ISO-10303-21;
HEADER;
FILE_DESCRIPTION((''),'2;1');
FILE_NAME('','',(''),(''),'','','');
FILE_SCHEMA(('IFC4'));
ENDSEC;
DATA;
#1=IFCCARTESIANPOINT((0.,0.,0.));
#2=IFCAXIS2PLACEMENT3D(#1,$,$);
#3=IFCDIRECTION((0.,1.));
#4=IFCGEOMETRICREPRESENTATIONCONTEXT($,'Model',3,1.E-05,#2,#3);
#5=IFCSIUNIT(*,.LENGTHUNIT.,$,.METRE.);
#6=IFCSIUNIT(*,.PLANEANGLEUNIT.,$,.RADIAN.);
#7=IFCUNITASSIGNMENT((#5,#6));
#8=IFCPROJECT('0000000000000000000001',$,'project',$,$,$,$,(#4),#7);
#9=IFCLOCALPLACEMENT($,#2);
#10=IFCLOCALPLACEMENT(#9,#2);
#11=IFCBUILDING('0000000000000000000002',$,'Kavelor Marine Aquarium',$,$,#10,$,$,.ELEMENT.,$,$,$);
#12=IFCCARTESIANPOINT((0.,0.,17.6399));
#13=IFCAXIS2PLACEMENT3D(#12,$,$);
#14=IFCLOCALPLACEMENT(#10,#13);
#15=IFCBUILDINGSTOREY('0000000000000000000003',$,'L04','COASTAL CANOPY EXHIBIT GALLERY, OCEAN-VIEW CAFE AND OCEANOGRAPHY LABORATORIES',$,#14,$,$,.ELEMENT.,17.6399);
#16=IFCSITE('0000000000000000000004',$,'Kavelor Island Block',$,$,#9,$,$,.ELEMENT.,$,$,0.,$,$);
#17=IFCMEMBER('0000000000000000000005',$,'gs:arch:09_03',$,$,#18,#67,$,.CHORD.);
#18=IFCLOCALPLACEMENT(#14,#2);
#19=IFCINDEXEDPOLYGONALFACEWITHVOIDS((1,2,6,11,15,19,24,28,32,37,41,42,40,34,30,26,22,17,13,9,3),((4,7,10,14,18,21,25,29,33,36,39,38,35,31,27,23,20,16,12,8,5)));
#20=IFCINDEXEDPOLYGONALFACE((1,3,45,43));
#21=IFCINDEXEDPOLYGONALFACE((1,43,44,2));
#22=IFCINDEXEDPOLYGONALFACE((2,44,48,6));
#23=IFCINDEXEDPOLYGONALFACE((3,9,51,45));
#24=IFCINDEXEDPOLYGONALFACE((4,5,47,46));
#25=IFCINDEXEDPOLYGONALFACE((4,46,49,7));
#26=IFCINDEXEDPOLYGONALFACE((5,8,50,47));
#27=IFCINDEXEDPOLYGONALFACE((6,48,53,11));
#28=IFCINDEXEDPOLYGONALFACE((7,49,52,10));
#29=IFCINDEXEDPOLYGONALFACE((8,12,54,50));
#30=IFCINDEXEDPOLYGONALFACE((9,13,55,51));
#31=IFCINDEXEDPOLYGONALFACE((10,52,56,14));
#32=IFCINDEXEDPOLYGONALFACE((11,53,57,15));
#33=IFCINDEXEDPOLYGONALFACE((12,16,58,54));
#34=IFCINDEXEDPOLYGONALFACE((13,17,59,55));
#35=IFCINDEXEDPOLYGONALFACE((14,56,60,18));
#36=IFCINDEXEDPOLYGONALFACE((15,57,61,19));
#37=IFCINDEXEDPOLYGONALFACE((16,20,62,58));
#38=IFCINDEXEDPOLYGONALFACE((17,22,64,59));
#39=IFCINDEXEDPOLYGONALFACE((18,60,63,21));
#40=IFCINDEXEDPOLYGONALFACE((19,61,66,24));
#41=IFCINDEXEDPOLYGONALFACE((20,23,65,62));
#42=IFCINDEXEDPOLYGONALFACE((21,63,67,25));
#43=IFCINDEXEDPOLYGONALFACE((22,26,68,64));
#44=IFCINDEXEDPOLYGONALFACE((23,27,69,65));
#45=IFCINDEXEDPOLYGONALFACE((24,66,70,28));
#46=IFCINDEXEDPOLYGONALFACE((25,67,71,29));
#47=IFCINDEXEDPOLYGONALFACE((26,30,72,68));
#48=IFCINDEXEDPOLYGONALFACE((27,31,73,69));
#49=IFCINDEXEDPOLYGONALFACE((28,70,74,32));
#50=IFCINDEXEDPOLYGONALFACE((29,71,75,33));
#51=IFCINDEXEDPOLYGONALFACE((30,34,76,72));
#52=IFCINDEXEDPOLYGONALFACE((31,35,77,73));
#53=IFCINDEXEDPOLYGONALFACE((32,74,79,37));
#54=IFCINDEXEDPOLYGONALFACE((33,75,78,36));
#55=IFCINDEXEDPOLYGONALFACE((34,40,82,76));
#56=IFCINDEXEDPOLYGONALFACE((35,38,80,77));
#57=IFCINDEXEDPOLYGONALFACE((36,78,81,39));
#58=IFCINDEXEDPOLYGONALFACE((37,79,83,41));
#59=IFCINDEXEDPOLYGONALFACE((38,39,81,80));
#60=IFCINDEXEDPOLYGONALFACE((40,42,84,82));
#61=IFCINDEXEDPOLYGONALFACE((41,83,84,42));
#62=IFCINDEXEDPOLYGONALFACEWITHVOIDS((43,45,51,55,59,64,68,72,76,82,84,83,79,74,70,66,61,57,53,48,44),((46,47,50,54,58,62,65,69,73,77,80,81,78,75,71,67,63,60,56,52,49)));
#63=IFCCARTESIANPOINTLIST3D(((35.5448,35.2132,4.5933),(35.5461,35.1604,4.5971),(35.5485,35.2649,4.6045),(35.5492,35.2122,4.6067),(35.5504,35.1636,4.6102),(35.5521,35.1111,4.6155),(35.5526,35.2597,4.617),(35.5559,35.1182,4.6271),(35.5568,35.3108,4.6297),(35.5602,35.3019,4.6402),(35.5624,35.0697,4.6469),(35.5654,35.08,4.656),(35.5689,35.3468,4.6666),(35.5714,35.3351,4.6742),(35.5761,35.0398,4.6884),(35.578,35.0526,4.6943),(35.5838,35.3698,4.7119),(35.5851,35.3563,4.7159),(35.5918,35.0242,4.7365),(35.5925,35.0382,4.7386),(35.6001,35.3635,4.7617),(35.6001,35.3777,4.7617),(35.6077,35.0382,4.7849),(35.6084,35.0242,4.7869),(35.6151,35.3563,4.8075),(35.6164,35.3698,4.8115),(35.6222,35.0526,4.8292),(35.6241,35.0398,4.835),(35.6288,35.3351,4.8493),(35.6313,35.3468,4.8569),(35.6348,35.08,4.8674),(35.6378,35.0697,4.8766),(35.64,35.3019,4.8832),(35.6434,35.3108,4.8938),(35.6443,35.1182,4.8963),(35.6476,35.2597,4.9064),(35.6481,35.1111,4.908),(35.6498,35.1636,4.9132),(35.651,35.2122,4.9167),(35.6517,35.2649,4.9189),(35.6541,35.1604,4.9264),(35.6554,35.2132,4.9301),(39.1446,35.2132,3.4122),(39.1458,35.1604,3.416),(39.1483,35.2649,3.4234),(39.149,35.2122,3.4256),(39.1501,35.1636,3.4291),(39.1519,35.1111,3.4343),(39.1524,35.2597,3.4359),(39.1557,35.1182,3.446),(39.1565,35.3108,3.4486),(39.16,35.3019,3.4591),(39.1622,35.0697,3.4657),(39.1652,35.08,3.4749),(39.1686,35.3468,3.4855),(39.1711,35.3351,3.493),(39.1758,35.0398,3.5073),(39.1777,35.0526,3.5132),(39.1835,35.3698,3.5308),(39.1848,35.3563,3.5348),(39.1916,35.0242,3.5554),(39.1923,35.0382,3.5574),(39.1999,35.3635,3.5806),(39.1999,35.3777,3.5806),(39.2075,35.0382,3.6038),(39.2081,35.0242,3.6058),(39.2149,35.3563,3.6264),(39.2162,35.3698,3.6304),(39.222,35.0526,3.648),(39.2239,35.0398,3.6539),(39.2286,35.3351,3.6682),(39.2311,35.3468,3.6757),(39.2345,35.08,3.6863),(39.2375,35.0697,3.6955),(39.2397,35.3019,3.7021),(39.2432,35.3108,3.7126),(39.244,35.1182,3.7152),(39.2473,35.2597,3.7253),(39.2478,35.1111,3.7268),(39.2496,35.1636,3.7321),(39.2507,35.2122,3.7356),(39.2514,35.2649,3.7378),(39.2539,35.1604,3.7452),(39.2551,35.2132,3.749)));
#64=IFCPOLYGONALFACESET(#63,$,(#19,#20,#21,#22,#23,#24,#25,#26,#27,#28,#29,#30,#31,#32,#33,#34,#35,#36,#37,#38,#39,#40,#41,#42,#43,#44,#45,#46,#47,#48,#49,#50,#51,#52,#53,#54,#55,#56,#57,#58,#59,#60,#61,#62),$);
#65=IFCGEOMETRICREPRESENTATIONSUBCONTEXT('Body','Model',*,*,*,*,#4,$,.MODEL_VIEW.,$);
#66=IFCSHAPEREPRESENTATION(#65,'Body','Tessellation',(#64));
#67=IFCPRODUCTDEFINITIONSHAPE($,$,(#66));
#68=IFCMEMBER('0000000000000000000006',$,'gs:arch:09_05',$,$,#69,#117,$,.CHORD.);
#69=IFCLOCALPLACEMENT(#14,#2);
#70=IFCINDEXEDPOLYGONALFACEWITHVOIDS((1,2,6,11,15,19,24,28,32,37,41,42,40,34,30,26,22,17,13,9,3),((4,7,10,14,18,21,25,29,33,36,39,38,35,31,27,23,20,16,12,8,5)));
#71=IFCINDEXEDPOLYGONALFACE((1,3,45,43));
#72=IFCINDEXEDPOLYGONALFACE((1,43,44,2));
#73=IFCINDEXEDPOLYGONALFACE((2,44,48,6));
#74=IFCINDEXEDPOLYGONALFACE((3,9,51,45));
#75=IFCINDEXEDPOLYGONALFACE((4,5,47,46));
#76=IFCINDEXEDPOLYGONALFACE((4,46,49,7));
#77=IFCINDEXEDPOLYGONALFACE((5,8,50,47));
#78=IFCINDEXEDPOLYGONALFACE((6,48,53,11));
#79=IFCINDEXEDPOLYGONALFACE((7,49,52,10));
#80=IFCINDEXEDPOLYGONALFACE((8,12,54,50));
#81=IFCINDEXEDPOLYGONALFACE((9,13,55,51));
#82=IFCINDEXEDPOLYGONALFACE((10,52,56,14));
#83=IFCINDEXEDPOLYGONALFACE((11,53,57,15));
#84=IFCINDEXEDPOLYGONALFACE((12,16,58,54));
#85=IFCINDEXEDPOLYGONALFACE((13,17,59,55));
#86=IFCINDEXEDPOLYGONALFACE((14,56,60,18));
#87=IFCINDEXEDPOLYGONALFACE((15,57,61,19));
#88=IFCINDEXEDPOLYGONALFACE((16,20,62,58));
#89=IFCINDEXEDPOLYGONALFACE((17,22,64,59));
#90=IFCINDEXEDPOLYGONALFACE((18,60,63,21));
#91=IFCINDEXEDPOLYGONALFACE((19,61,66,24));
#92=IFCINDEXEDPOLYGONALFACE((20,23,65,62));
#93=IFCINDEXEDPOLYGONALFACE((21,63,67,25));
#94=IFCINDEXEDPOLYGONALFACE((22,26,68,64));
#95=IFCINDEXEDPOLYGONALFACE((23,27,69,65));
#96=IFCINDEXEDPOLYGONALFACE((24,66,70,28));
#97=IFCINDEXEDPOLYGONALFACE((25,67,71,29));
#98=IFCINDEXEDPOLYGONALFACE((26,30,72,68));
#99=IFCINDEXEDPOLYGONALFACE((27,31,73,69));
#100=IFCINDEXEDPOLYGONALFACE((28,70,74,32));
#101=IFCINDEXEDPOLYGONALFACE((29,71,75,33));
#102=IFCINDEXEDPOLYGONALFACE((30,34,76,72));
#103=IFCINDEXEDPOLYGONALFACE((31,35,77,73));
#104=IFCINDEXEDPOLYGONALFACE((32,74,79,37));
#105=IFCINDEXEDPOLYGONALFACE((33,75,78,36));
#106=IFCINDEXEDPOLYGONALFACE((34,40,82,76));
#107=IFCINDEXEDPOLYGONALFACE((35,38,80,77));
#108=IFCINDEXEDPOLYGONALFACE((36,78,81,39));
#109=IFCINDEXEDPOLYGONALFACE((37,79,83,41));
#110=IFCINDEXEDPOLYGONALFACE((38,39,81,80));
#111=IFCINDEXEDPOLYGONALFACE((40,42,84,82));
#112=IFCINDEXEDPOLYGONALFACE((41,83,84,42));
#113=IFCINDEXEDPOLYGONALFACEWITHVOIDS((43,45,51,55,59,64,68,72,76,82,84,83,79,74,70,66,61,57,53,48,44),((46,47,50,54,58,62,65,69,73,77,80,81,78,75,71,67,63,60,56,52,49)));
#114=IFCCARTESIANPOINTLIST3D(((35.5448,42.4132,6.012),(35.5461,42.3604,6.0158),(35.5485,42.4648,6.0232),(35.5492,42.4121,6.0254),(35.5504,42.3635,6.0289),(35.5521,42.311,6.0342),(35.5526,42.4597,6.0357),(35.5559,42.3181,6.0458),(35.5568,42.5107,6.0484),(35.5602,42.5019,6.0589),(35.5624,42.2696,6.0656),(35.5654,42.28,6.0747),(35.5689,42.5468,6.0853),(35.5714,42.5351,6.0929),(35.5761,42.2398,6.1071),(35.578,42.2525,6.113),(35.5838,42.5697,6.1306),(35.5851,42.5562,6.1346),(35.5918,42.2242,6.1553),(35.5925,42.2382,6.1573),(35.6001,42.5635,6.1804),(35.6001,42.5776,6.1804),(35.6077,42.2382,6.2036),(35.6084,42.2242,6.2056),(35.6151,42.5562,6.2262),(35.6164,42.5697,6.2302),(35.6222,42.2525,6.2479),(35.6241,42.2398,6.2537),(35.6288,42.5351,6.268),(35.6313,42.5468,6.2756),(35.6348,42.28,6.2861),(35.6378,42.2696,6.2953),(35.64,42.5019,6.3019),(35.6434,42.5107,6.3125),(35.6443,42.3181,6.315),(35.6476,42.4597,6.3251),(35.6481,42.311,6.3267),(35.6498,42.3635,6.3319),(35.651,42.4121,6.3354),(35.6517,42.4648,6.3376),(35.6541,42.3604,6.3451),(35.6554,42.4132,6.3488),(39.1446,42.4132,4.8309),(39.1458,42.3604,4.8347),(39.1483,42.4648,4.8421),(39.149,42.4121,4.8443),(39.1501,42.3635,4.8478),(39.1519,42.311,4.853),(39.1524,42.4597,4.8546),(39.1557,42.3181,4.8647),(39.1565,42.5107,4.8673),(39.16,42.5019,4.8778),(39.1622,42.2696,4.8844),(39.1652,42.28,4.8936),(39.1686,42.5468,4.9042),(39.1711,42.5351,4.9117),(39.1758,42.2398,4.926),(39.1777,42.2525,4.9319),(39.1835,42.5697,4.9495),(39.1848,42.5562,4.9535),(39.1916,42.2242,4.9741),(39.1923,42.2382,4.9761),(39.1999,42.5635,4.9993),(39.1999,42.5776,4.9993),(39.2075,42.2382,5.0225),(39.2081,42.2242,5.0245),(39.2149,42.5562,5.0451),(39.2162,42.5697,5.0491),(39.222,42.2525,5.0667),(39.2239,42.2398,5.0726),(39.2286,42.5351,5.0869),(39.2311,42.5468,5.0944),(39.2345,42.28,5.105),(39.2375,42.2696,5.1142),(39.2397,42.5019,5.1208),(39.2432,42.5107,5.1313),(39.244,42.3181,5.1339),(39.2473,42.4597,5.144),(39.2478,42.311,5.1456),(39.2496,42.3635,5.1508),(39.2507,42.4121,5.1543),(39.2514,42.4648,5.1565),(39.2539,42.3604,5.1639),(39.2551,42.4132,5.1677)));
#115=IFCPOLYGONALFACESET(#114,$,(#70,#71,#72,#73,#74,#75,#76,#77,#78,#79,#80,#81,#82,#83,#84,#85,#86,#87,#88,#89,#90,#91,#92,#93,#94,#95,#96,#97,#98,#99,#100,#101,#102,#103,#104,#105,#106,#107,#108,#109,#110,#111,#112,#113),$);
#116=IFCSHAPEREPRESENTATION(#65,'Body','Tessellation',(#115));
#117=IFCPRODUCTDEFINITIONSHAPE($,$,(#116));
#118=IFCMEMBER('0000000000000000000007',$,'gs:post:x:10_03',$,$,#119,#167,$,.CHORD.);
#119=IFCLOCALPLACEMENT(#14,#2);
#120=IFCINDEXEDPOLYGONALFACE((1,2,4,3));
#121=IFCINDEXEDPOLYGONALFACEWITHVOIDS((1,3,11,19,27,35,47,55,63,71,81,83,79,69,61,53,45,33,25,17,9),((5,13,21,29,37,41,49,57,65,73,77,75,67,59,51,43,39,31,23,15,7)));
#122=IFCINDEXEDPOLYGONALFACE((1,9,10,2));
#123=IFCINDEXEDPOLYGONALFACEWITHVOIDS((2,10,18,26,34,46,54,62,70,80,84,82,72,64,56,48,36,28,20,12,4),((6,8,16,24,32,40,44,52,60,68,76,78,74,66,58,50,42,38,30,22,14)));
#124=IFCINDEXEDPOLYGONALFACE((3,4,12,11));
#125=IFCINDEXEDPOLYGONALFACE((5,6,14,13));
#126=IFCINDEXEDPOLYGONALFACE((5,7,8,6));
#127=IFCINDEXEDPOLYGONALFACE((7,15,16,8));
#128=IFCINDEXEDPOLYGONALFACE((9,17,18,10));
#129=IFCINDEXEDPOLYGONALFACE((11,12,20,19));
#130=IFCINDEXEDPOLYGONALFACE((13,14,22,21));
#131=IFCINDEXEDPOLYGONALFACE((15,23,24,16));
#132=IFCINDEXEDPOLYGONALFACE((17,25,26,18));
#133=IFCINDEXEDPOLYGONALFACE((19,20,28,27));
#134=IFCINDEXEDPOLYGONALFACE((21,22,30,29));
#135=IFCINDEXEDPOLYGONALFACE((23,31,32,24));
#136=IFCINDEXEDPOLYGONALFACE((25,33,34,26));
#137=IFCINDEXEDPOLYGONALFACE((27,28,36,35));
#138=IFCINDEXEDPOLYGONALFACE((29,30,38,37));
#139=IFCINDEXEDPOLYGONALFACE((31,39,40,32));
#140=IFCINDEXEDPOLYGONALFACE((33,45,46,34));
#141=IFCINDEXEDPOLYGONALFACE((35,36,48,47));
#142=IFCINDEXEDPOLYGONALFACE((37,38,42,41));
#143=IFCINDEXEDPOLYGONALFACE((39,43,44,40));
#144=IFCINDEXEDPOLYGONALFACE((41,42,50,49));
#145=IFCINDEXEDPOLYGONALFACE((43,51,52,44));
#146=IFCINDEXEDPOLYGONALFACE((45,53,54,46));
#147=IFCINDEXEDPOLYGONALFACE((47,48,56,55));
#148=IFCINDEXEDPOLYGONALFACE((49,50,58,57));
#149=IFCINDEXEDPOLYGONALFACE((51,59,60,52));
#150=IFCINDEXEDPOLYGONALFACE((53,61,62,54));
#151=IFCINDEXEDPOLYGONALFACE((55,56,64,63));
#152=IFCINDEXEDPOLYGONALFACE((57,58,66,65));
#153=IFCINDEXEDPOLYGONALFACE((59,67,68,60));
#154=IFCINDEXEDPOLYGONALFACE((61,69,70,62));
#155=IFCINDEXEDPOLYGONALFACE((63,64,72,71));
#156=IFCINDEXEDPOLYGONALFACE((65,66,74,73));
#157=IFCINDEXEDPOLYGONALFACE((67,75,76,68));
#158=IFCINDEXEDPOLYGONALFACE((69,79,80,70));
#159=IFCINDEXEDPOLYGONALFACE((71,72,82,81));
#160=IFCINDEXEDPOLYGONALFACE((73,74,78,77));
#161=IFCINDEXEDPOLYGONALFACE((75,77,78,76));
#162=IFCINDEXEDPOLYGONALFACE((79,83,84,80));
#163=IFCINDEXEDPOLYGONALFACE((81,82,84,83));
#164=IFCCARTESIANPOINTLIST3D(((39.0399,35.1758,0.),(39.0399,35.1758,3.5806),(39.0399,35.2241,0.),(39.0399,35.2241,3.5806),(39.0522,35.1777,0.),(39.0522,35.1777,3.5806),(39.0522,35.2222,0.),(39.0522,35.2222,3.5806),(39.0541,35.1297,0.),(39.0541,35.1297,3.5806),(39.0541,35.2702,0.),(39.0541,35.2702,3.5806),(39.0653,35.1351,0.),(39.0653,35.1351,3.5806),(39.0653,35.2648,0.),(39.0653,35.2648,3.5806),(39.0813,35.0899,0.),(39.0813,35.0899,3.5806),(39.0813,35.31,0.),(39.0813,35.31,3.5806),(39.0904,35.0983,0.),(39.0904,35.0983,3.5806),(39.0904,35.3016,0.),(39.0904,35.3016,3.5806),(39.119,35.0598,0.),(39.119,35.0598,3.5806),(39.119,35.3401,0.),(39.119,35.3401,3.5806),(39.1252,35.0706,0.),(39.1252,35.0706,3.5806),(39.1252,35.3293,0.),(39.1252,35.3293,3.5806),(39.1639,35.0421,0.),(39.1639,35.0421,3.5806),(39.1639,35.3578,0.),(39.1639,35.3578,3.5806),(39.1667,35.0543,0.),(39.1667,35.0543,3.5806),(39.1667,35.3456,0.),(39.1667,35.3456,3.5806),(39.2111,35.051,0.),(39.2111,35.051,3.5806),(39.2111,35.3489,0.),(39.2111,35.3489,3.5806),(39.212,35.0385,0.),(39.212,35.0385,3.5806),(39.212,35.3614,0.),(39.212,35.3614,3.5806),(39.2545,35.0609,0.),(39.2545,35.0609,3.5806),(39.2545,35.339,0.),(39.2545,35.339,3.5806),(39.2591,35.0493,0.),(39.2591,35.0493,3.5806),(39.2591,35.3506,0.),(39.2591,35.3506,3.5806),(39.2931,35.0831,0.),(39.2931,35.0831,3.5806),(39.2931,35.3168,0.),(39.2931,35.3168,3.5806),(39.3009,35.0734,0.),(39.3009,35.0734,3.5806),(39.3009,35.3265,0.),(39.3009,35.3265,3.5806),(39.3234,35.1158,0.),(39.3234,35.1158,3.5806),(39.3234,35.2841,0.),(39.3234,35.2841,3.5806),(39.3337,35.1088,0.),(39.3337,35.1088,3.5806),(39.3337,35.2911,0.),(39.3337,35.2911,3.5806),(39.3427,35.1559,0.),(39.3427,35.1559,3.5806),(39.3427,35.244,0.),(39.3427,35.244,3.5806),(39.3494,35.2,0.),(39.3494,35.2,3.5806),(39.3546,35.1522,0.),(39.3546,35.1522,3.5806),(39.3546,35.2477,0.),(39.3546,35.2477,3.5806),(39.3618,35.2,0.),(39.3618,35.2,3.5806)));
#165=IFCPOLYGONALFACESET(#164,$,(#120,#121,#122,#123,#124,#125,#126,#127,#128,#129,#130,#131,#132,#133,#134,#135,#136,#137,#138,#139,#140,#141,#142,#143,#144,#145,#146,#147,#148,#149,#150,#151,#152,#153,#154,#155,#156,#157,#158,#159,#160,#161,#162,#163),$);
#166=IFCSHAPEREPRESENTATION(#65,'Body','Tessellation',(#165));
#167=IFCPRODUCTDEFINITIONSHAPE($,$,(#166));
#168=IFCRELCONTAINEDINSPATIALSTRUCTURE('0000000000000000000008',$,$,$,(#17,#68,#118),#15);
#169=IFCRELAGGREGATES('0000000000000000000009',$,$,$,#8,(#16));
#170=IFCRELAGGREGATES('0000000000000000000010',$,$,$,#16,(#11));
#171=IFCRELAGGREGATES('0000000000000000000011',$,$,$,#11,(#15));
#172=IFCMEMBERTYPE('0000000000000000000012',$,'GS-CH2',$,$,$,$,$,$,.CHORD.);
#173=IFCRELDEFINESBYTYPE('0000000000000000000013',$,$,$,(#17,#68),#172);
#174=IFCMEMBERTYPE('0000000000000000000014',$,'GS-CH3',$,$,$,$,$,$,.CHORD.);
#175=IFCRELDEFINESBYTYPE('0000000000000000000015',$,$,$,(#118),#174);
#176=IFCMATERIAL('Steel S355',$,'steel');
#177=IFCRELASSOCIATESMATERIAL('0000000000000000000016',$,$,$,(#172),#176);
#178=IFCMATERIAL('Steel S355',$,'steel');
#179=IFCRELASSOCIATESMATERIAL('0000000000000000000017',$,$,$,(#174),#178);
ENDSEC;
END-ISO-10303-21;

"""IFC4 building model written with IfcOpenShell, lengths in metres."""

from ifc_helpers import new_model, si_unit, direction, frame, origin, origin_2d, place, context, subcontext, project, spatial, hollow_circle, extrude, material, material_profile, profile_set, type_object, element, save


model = new_model("IFC4")

# Units and contexts
model_context = context("Model", 3, precision=1e-05, world=origin(), true_north=direction((0.0, 1.0)))
body_context = subcontext(model_context, "Body", "Model", "MODEL_VIEW")
ifc_project = project(units=[si_unit("LENGTHUNIT", "METRE"), si_unit("PLANEANGLEUNIT", "RADIAN")], contexts=[model_context])

# Site, building, storey
site_placement = place(None, origin())
site = spatial("IfcSite", under=ifc_project, at=site_placement, Name="Kavelor Island Block", CompositionType="ELEMENT", RefElevation=0.0)
building_placement = place(site_placement, origin())
building = spatial("IfcBuilding", under=site, at=building_placement, Name="Kavelor Marine Aquarium", CompositionType="ELEMENT")
storey_placement = place(building_placement, frame((0.0, 0.0, 17.6399)))
storey = spatial("IfcBuildingStorey", under=building, at=storey_placement, Name="L04", Description="COASTAL CANOPY EXHIBIT GALLERY, OCEAN-VIEW CAFE AND OCEANOGRAPHY LABORATORIES", CompositionType="ELEMENT", Elevation=17.6399)

# Members
ifc_material_1 = material(Name="Steel S355", Category="steel")
ifc_material_profile_1 = material_profile(ifc_material_1, hollow_circle(Radius=0.1777, WallThickness=0.0142, at=origin_2d()), Name="CHS 355.6x14.2")
ifc_profile_set_1 = profile_set([ifc_material_profile_1], Name="Steel S355")
member_type_1 = type_object("IfcMemberType", Name="GS-CH2", PredefinedType="CHORD", material=ifc_profile_set_1)
for number, where, z_axis, x_axis, name in (
    (1, (35.6001, 35.2, 4.7617), (0.950161, 0.0, -0.311759), (0.0, 1.0, 0.0), "gs:arch:09_03"),
    (2, (35.6001, 42.3999, 6.1804), (0.950161, 0.0, -0.311759), (0.0, 1.0, 0.0), "gs:arch:09_05"),
):
    element("IfcMember", number, at=place(storey_placement, frame(where, z_axis=z_axis, x_axis=x_axis)), inside=storey, type_object=member_type_1, Name=name, PredefinedType="CHORD", context=body_context, shape_type="SweptSolid", body=[
        extrude(hollow_circle(Radius=0.1777, WallThickness=0.0142, at=origin_2d()), origin(), (0.0, 0.0, 1.0), 3.7886),
    ])
ifc_material_2 = material(Name="Steel S355", Category="steel")
ifc_material_profile_2 = material_profile(ifc_material_2, hollow_circle(Radius=0.1619, WallThickness=0.0125, at=origin_2d()), Name="CHS 323.9x12.5")
ifc_profile_set_2 = profile_set([ifc_material_profile_2], Name="Steel S355")
member_type_2 = type_object("IfcMemberType", Name="GS-CH3", PredefinedType="CHORD", material=ifc_profile_set_2)
member_1_placement = place(storey_placement, frame((39.2, 35.2, 0.0), z_axis=(0.0, 0.0, 1.0), x_axis=(1.0, 0.0, 0.0)))
element("IfcMember", 3, at=member_1_placement, inside=storey, type_object=member_type_2, Name="gs:post:x:10_03", PredefinedType="CHORD", context=body_context, shape_type="SweptSolid", body=[
    extrude(hollow_circle(Radius=0.1619, WallThickness=0.0125, at=origin_2d()), origin(), (0.0, 0.0, 1.0), 3.5806),
])

save(model, "model.ifc")
